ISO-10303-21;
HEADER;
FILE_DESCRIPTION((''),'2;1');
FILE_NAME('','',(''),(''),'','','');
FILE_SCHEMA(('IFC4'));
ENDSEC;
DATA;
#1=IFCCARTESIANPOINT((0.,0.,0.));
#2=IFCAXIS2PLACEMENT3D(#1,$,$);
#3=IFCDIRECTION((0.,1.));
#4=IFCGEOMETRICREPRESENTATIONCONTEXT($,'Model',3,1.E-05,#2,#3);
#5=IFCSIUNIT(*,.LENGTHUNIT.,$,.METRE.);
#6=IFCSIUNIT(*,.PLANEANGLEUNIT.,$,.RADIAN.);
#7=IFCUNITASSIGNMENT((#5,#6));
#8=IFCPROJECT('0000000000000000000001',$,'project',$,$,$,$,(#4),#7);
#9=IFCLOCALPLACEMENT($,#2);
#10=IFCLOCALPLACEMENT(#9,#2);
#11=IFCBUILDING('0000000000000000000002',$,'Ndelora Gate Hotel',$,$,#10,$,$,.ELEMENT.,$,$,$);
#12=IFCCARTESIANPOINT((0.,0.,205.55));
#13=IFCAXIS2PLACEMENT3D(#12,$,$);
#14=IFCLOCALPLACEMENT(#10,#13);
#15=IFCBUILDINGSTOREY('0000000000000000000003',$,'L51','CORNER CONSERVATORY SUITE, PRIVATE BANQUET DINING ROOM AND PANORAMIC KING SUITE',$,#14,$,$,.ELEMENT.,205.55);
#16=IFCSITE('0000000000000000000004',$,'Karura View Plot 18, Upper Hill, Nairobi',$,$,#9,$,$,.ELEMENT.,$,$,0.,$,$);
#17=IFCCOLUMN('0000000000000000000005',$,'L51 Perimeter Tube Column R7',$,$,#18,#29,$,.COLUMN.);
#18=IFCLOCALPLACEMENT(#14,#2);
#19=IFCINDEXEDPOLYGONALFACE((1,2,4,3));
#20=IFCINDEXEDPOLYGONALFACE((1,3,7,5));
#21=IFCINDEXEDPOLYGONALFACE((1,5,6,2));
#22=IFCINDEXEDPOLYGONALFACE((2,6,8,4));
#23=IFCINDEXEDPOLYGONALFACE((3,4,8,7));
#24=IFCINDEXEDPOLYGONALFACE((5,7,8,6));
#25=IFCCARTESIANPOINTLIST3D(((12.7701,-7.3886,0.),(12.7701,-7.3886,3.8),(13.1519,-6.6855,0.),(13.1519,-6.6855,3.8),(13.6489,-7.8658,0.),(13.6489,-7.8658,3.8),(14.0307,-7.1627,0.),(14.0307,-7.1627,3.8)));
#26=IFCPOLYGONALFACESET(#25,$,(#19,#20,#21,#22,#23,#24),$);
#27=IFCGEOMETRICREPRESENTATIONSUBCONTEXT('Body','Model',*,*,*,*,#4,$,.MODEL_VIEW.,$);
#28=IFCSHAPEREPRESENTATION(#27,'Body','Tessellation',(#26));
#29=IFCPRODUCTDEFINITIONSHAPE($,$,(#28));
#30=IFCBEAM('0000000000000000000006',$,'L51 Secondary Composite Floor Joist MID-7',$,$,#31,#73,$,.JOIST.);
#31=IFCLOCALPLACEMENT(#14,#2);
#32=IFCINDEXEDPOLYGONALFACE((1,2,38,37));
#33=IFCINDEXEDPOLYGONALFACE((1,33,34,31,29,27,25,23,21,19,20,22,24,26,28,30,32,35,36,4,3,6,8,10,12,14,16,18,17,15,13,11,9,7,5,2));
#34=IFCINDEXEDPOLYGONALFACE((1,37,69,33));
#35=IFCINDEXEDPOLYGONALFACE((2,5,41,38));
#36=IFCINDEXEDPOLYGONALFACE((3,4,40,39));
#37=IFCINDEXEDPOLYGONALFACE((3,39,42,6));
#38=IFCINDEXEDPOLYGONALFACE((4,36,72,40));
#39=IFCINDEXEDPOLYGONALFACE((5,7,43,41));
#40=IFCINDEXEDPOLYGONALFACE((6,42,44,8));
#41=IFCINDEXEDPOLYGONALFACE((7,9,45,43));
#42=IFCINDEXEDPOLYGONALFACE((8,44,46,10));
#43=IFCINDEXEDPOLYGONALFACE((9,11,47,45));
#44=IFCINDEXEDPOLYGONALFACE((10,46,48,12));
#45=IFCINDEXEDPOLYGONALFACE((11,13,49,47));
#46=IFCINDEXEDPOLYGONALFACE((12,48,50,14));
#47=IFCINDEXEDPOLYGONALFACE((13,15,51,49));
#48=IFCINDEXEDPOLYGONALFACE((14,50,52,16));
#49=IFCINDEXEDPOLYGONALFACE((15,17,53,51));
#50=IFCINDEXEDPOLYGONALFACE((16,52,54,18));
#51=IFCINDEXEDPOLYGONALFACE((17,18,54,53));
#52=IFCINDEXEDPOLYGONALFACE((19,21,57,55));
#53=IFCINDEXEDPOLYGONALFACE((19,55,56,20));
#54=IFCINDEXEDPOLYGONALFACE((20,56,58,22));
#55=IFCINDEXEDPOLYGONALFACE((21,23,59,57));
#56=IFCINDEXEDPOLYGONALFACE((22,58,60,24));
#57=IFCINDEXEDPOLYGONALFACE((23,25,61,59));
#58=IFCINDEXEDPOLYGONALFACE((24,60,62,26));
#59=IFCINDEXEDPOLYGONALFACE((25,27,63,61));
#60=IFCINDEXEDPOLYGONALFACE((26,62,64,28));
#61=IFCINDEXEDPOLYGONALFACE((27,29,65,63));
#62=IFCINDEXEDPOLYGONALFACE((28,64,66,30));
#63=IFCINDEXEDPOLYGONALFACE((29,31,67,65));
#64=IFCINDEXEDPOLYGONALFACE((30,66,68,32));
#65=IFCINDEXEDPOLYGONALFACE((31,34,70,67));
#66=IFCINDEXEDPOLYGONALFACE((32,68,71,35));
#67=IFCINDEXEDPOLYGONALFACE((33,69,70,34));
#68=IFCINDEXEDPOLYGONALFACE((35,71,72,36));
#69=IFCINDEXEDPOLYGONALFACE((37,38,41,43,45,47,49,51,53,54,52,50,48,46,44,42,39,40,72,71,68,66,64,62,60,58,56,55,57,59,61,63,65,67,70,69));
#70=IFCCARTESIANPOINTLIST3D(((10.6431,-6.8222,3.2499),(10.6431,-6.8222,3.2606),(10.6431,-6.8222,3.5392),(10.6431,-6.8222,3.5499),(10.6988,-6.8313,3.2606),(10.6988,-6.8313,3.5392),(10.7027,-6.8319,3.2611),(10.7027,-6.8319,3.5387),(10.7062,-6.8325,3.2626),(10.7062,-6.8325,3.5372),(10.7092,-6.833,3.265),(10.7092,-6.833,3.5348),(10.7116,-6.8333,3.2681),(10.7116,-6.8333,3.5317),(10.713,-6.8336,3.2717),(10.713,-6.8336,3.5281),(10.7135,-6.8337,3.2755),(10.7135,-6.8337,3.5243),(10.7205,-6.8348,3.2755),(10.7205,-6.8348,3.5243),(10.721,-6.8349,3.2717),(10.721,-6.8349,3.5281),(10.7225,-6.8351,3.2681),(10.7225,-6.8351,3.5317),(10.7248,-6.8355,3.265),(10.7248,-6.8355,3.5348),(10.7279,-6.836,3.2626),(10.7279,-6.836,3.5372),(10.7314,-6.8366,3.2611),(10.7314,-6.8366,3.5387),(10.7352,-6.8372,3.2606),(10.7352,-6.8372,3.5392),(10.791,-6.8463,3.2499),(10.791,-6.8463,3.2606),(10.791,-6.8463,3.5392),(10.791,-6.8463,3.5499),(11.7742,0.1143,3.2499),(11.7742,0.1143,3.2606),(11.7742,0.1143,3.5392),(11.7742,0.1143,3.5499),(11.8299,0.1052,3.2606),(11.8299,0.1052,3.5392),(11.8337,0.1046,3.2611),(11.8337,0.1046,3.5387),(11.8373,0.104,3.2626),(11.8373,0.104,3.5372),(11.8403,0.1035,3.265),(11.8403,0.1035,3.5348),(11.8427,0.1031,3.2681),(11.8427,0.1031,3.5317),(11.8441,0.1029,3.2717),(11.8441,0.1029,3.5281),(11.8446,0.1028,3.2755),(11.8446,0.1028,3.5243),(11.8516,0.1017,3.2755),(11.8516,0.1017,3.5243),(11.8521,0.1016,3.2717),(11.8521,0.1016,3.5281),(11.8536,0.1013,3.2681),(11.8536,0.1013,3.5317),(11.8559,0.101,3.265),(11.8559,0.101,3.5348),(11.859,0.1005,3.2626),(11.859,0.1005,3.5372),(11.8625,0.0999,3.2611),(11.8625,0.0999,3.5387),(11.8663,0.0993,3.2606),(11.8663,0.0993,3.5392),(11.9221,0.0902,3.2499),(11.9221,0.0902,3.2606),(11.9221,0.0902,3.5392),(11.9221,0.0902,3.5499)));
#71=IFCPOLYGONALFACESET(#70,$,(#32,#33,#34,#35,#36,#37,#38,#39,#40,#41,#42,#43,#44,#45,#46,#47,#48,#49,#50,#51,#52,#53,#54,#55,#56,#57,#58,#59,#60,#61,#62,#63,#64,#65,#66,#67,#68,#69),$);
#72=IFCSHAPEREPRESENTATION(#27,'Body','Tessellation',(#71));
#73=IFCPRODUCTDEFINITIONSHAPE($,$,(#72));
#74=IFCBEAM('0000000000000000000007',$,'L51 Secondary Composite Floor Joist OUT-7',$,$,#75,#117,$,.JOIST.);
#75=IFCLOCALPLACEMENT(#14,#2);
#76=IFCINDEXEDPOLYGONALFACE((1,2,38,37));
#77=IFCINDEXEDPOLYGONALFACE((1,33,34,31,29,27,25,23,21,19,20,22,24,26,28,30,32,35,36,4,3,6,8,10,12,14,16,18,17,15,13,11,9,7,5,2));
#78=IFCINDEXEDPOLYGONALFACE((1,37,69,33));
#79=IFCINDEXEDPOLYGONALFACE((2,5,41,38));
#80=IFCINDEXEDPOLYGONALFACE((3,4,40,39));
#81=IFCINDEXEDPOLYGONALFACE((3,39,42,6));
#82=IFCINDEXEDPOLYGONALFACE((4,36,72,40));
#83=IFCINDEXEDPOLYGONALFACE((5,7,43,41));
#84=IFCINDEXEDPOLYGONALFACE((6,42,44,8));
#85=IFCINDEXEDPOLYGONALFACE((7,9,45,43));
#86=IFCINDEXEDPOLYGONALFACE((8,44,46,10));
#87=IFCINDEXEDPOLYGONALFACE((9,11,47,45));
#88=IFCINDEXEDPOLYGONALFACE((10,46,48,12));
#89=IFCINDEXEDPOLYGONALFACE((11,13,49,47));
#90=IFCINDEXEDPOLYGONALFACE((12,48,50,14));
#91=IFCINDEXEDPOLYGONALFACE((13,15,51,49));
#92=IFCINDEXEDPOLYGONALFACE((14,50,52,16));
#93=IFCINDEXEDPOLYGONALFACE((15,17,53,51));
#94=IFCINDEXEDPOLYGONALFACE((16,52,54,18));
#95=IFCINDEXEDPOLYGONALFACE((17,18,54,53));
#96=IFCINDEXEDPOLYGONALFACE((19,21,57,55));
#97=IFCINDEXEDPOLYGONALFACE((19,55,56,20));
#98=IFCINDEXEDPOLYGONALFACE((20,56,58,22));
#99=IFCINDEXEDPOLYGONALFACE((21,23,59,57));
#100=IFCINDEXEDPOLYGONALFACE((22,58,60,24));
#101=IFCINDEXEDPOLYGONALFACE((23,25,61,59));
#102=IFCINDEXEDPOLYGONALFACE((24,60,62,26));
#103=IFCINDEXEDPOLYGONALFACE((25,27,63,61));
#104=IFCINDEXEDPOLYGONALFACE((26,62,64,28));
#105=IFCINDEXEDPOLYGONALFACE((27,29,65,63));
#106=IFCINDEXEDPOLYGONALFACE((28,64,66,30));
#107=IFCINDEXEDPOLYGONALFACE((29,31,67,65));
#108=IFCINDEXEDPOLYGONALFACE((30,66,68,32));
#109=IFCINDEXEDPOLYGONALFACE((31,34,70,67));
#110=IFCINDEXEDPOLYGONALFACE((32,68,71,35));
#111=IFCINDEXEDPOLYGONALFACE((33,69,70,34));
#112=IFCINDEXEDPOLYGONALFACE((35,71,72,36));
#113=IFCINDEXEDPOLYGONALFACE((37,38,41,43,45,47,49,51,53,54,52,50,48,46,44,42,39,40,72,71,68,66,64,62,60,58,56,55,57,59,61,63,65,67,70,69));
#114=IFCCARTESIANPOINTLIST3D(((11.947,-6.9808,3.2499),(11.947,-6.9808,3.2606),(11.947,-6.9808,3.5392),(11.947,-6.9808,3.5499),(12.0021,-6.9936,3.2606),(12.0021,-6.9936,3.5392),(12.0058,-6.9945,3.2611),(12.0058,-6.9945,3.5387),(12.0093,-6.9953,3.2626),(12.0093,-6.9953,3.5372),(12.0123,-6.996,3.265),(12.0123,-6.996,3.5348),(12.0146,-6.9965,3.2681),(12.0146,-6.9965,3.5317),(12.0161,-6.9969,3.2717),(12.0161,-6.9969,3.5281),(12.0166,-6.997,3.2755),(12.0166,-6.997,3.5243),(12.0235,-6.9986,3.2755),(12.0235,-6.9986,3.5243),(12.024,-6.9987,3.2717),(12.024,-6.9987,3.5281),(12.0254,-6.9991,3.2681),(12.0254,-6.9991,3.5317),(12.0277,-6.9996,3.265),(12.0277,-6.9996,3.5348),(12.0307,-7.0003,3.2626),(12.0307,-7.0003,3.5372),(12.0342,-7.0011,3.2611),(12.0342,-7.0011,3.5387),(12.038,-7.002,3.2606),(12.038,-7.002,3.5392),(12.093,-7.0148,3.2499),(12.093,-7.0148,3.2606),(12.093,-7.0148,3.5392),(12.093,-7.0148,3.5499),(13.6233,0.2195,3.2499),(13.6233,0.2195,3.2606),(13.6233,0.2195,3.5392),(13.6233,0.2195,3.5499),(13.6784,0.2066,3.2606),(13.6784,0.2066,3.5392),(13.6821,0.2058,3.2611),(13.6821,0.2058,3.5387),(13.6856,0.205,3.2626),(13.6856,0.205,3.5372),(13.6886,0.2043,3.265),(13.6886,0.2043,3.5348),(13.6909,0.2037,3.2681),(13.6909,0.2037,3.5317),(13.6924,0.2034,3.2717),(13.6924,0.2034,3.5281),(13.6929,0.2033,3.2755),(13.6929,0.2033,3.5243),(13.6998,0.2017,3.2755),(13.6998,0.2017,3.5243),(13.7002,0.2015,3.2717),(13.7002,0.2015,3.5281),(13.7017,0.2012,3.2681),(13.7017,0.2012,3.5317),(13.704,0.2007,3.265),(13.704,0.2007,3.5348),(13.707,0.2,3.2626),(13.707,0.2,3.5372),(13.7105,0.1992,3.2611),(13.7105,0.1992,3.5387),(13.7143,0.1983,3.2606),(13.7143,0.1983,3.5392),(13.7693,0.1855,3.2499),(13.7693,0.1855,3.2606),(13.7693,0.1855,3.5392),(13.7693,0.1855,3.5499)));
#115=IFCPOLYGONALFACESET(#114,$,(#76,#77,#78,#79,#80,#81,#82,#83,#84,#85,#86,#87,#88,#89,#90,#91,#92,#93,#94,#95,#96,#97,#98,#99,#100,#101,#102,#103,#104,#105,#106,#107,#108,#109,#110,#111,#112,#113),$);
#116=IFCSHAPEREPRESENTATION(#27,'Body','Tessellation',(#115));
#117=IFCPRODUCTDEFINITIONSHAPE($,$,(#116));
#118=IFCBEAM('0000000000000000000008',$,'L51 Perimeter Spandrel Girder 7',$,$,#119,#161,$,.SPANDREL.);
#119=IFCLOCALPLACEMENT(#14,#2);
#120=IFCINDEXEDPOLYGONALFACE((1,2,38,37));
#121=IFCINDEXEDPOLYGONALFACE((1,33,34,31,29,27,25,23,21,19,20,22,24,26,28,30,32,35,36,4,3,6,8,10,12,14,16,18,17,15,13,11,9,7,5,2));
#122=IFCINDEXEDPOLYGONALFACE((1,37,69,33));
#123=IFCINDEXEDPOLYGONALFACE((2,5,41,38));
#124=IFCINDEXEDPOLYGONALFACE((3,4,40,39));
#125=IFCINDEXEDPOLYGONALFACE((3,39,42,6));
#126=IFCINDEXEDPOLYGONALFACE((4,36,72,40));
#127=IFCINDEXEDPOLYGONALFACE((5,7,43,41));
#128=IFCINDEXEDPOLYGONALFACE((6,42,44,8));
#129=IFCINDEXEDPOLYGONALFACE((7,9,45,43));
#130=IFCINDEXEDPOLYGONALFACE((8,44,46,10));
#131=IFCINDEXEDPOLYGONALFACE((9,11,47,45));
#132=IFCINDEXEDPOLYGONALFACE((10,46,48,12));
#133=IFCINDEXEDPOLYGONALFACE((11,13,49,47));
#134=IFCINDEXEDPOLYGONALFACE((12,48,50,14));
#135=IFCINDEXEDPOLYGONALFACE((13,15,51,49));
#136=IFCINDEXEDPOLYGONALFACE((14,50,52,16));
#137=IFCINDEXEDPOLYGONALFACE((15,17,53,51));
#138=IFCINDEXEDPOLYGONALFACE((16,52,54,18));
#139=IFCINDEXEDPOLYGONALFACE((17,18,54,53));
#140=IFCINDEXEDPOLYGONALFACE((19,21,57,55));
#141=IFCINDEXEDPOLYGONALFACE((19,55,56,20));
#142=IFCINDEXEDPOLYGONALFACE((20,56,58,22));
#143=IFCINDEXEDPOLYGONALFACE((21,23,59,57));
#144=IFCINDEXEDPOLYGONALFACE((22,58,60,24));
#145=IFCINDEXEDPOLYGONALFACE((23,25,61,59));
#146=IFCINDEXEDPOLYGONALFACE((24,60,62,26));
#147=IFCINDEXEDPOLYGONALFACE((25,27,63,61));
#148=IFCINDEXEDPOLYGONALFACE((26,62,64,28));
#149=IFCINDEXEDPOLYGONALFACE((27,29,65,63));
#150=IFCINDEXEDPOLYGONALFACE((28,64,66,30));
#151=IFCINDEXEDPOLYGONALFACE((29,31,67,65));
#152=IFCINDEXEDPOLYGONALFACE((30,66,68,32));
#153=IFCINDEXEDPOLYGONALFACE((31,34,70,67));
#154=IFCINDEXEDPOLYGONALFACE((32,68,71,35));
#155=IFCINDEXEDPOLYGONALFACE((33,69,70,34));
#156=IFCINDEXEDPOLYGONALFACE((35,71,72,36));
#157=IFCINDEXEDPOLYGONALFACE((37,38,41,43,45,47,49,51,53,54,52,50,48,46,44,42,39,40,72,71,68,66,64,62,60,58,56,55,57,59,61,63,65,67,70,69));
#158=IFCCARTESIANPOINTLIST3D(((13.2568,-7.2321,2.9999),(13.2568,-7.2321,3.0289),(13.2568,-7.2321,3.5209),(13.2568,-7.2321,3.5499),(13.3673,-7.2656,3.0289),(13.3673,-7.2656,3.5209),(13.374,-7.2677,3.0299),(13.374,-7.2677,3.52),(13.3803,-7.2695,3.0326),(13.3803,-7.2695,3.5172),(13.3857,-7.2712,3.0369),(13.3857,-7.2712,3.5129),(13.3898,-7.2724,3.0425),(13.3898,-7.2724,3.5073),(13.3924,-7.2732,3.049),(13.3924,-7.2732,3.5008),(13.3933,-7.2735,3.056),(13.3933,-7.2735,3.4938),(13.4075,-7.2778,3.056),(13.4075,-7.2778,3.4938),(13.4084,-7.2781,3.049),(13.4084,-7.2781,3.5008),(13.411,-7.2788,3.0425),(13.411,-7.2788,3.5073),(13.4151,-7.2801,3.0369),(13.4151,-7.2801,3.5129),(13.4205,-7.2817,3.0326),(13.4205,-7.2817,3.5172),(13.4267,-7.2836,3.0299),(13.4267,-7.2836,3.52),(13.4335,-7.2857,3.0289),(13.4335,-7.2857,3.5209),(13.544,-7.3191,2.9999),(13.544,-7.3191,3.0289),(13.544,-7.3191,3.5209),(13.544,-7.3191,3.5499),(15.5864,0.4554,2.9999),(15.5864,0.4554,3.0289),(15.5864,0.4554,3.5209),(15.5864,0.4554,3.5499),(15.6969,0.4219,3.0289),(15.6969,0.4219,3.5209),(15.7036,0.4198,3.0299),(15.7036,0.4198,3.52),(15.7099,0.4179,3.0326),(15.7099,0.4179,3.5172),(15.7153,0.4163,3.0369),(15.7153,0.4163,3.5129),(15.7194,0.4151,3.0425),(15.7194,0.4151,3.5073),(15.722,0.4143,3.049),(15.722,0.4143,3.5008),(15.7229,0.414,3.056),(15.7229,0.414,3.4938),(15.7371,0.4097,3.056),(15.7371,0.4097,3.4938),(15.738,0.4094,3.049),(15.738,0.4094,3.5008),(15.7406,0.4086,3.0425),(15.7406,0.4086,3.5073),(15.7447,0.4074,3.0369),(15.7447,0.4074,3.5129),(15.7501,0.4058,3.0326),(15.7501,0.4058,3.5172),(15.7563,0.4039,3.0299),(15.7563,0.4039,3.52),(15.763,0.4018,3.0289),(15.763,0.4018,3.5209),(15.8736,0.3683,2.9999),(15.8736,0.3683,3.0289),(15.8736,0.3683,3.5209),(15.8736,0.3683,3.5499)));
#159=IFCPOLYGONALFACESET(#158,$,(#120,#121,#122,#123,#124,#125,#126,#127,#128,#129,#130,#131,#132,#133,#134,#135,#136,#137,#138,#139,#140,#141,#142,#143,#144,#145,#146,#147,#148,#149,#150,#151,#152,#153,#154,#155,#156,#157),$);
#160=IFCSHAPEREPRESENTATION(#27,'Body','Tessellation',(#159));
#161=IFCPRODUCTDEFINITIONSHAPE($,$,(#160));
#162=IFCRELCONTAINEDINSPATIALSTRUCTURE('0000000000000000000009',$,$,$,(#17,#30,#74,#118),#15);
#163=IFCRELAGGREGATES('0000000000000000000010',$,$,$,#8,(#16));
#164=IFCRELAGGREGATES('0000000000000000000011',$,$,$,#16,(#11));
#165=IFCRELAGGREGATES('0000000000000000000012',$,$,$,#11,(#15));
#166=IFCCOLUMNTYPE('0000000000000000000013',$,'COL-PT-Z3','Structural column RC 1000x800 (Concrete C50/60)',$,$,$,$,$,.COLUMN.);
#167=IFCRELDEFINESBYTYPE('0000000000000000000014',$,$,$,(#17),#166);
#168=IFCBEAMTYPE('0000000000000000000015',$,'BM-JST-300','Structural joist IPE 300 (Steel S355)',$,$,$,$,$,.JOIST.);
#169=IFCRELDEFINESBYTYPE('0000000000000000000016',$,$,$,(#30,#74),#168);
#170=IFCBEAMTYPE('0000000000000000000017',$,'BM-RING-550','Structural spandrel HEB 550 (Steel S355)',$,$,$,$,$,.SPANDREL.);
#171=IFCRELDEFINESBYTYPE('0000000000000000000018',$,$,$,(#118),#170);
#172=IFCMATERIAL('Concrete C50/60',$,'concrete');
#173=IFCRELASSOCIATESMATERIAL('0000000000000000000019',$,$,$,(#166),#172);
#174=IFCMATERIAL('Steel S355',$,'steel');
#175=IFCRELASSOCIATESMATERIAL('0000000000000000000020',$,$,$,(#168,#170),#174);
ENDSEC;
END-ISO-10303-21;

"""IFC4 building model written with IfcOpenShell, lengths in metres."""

from ifc_helpers import new_model, si_unit, direction, frame, origin, origin_2d, place, context, subcontext, project, spatial, rectangle, i_section, extrude, material, material_profile, profile_set, type_object, element, save


model = new_model("IFC4")

# Units and contexts
model_context = context("Model", 3, precision=1e-05, world=origin(), true_north=direction((0.0, 1.0)))
body_context = subcontext(model_context, "Body", "Model", "MODEL_VIEW")
ifc_project = project(units=[si_unit("LENGTHUNIT", "METRE"), si_unit("PLANEANGLEUNIT", "RADIAN")], contexts=[model_context])

# Site, building, storey
site_placement = place(None, origin())
site = spatial("IfcSite", under=ifc_project, at=site_placement, Name="Karura View Plot 18, Upper Hill, Nairobi", CompositionType="ELEMENT", RefElevation=0.0)
building_placement = place(site_placement, origin())
building = spatial("IfcBuilding", under=site, at=building_placement, Name="Ndelora Gate Hotel", CompositionType="ELEMENT")
storey_placement = place(building_placement, frame((0.0, 0.0, 205.55)))
storey = spatial("IfcBuildingStorey", under=building, at=storey_placement, Name="L51", Description="CORNER CONSERVATORY SUITE, PRIVATE BANQUET DINING ROOM AND PANORAMIC KING SUITE", CompositionType="ELEMENT", Elevation=205.55)

# Column
ifc_material_1 = material(Name="Concrete C50/60", Category="concrete")
ifc_material_profile_1 = material_profile(ifc_material_1, rectangle(XDim=0.8, YDim=1.0, at=origin_2d()), Name="RC 1000x800")
ifc_profile_set_1 = profile_set([ifc_material_profile_1], Name="Concrete C50/60")
column_type = type_object("IfcColumnType", Name="COL-PT-Z3", Description="Structural column RC 1000x800 (Concrete C50/60)", PredefinedType="COLUMN", material=ifc_profile_set_1)
column_placement = place(storey_placement, frame((13.4004, -7.2756, 0.0), z_axis=(0.0, 0.0, 1.0), x_axis=(0.477159, 0.878817, 0.0)))
element("IfcColumn", 1, at=column_placement, inside=storey, type_object=column_type, Name="L51 Perimeter Tube Column R7", PredefinedType="COLUMN", context=body_context, shape_type="SweptSolid", body=[
    extrude(rectangle(XDim=0.8, YDim=1.0, at=origin_2d()), origin(), (0.0, 0.0, 1.0), 3.8),
])

# Beams
ifc_material_2 = material(Name="Steel S355", Category="steel")
ifc_material_profile_2 = material_profile(ifc_material_2, i_section(OverallWidth=0.1499, OverallDepth=0.3, WebThickness=0.0071, FlangeThickness=0.0107, FilletRadius=0.0149, at=origin_2d()), Name="IPE 300")
ifc_profile_set_2 = profile_set([ifc_material_profile_2], Name="Steel S355")
beam_type_1 = type_object("IfcBeamType", Name="BM-JST-300", Description="Structural joist IPE 300 (Steel S355)", PredefinedType="JOIST", material=ifc_profile_set_2)
beam_1_placement = place(storey_placement, frame((10.717, -6.8342, 3.3999), z_axis=(0.160939, 0.986964, 0.0), x_axis=(-0.986964, 0.160939, 0.0)))
element("IfcBeam", 2, at=beam_1_placement, inside=storey, type_object=beam_type_1, Name="L51 Secondary Composite Floor Joist MID-7", PredefinedType="JOIST", context=body_context, shape_type="SweptSolid", body=[
    extrude(i_section(OverallWidth=0.1499, OverallDepth=0.3, WebThickness=0.0071, FlangeThickness=0.0107, FilletRadius=0.0149, at=origin_2d()), origin(), (0.0, 0.0, 1.0), 7.0281),
])
beam_2_placement = place(storey_placement, frame((12.02, -6.9978, 3.3999), z_axis=(0.226745, 0.973954, 0.0), x_axis=(-0.973954, 0.226745, 0.0)))
element("IfcBeam", 3, at=beam_2_placement, inside=storey, type_object=beam_type_1, Name="L51 Secondary Composite Floor Joist OUT-7", PredefinedType="JOIST", context=body_context, shape_type="SweptSolid", body=[
    extrude(i_section(OverallWidth=0.1499, OverallDepth=0.3, WebThickness=0.0071, FlangeThickness=0.0107, FilletRadius=0.0149, at=origin_2d()), origin(), (0.0, 0.0, 1.0), 7.3928),
])
ifc_material_profile_3 = material_profile(ifc_material_2, i_section(OverallWidth=0.3, OverallDepth=0.55, WebThickness=0.0149, FlangeThickness=0.0291, FilletRadius=0.0271, at=origin_2d()), Name="HEB 550")
ifc_profile_set_3 = profile_set([ifc_material_profile_3], Name="Steel S355")
beam_type_2 = type_object("IfcBeamType", Name="BM-RING-550", Description="Structural spandrel HEB 550 (Steel S355)", PredefinedType="SPANDREL", material=ifc_profile_set_3)
beam_3_placement = place(storey_placement, frame((13.4004, -7.2756, 3.2749), z_axis=(0.290012, 0.957023, 0.0), x_axis=(-0.957023, 0.290012, 0.0)))
element("IfcBeam", 4, at=beam_3_placement, inside=storey, type_object=beam_type_2, Name="L51 Perimeter Spandrel Girder 7", PredefinedType="SPANDREL", context=body_context, shape_type="SweptSolid", body=[
    extrude(i_section(OverallWidth=0.3, OverallDepth=0.55, WebThickness=0.0149, FlangeThickness=0.0291, FilletRadius=0.0271, at=origin_2d()), origin(), (0.0, 0.0, 1.0), 8.0327),
])

save(model, "model.ifc")
